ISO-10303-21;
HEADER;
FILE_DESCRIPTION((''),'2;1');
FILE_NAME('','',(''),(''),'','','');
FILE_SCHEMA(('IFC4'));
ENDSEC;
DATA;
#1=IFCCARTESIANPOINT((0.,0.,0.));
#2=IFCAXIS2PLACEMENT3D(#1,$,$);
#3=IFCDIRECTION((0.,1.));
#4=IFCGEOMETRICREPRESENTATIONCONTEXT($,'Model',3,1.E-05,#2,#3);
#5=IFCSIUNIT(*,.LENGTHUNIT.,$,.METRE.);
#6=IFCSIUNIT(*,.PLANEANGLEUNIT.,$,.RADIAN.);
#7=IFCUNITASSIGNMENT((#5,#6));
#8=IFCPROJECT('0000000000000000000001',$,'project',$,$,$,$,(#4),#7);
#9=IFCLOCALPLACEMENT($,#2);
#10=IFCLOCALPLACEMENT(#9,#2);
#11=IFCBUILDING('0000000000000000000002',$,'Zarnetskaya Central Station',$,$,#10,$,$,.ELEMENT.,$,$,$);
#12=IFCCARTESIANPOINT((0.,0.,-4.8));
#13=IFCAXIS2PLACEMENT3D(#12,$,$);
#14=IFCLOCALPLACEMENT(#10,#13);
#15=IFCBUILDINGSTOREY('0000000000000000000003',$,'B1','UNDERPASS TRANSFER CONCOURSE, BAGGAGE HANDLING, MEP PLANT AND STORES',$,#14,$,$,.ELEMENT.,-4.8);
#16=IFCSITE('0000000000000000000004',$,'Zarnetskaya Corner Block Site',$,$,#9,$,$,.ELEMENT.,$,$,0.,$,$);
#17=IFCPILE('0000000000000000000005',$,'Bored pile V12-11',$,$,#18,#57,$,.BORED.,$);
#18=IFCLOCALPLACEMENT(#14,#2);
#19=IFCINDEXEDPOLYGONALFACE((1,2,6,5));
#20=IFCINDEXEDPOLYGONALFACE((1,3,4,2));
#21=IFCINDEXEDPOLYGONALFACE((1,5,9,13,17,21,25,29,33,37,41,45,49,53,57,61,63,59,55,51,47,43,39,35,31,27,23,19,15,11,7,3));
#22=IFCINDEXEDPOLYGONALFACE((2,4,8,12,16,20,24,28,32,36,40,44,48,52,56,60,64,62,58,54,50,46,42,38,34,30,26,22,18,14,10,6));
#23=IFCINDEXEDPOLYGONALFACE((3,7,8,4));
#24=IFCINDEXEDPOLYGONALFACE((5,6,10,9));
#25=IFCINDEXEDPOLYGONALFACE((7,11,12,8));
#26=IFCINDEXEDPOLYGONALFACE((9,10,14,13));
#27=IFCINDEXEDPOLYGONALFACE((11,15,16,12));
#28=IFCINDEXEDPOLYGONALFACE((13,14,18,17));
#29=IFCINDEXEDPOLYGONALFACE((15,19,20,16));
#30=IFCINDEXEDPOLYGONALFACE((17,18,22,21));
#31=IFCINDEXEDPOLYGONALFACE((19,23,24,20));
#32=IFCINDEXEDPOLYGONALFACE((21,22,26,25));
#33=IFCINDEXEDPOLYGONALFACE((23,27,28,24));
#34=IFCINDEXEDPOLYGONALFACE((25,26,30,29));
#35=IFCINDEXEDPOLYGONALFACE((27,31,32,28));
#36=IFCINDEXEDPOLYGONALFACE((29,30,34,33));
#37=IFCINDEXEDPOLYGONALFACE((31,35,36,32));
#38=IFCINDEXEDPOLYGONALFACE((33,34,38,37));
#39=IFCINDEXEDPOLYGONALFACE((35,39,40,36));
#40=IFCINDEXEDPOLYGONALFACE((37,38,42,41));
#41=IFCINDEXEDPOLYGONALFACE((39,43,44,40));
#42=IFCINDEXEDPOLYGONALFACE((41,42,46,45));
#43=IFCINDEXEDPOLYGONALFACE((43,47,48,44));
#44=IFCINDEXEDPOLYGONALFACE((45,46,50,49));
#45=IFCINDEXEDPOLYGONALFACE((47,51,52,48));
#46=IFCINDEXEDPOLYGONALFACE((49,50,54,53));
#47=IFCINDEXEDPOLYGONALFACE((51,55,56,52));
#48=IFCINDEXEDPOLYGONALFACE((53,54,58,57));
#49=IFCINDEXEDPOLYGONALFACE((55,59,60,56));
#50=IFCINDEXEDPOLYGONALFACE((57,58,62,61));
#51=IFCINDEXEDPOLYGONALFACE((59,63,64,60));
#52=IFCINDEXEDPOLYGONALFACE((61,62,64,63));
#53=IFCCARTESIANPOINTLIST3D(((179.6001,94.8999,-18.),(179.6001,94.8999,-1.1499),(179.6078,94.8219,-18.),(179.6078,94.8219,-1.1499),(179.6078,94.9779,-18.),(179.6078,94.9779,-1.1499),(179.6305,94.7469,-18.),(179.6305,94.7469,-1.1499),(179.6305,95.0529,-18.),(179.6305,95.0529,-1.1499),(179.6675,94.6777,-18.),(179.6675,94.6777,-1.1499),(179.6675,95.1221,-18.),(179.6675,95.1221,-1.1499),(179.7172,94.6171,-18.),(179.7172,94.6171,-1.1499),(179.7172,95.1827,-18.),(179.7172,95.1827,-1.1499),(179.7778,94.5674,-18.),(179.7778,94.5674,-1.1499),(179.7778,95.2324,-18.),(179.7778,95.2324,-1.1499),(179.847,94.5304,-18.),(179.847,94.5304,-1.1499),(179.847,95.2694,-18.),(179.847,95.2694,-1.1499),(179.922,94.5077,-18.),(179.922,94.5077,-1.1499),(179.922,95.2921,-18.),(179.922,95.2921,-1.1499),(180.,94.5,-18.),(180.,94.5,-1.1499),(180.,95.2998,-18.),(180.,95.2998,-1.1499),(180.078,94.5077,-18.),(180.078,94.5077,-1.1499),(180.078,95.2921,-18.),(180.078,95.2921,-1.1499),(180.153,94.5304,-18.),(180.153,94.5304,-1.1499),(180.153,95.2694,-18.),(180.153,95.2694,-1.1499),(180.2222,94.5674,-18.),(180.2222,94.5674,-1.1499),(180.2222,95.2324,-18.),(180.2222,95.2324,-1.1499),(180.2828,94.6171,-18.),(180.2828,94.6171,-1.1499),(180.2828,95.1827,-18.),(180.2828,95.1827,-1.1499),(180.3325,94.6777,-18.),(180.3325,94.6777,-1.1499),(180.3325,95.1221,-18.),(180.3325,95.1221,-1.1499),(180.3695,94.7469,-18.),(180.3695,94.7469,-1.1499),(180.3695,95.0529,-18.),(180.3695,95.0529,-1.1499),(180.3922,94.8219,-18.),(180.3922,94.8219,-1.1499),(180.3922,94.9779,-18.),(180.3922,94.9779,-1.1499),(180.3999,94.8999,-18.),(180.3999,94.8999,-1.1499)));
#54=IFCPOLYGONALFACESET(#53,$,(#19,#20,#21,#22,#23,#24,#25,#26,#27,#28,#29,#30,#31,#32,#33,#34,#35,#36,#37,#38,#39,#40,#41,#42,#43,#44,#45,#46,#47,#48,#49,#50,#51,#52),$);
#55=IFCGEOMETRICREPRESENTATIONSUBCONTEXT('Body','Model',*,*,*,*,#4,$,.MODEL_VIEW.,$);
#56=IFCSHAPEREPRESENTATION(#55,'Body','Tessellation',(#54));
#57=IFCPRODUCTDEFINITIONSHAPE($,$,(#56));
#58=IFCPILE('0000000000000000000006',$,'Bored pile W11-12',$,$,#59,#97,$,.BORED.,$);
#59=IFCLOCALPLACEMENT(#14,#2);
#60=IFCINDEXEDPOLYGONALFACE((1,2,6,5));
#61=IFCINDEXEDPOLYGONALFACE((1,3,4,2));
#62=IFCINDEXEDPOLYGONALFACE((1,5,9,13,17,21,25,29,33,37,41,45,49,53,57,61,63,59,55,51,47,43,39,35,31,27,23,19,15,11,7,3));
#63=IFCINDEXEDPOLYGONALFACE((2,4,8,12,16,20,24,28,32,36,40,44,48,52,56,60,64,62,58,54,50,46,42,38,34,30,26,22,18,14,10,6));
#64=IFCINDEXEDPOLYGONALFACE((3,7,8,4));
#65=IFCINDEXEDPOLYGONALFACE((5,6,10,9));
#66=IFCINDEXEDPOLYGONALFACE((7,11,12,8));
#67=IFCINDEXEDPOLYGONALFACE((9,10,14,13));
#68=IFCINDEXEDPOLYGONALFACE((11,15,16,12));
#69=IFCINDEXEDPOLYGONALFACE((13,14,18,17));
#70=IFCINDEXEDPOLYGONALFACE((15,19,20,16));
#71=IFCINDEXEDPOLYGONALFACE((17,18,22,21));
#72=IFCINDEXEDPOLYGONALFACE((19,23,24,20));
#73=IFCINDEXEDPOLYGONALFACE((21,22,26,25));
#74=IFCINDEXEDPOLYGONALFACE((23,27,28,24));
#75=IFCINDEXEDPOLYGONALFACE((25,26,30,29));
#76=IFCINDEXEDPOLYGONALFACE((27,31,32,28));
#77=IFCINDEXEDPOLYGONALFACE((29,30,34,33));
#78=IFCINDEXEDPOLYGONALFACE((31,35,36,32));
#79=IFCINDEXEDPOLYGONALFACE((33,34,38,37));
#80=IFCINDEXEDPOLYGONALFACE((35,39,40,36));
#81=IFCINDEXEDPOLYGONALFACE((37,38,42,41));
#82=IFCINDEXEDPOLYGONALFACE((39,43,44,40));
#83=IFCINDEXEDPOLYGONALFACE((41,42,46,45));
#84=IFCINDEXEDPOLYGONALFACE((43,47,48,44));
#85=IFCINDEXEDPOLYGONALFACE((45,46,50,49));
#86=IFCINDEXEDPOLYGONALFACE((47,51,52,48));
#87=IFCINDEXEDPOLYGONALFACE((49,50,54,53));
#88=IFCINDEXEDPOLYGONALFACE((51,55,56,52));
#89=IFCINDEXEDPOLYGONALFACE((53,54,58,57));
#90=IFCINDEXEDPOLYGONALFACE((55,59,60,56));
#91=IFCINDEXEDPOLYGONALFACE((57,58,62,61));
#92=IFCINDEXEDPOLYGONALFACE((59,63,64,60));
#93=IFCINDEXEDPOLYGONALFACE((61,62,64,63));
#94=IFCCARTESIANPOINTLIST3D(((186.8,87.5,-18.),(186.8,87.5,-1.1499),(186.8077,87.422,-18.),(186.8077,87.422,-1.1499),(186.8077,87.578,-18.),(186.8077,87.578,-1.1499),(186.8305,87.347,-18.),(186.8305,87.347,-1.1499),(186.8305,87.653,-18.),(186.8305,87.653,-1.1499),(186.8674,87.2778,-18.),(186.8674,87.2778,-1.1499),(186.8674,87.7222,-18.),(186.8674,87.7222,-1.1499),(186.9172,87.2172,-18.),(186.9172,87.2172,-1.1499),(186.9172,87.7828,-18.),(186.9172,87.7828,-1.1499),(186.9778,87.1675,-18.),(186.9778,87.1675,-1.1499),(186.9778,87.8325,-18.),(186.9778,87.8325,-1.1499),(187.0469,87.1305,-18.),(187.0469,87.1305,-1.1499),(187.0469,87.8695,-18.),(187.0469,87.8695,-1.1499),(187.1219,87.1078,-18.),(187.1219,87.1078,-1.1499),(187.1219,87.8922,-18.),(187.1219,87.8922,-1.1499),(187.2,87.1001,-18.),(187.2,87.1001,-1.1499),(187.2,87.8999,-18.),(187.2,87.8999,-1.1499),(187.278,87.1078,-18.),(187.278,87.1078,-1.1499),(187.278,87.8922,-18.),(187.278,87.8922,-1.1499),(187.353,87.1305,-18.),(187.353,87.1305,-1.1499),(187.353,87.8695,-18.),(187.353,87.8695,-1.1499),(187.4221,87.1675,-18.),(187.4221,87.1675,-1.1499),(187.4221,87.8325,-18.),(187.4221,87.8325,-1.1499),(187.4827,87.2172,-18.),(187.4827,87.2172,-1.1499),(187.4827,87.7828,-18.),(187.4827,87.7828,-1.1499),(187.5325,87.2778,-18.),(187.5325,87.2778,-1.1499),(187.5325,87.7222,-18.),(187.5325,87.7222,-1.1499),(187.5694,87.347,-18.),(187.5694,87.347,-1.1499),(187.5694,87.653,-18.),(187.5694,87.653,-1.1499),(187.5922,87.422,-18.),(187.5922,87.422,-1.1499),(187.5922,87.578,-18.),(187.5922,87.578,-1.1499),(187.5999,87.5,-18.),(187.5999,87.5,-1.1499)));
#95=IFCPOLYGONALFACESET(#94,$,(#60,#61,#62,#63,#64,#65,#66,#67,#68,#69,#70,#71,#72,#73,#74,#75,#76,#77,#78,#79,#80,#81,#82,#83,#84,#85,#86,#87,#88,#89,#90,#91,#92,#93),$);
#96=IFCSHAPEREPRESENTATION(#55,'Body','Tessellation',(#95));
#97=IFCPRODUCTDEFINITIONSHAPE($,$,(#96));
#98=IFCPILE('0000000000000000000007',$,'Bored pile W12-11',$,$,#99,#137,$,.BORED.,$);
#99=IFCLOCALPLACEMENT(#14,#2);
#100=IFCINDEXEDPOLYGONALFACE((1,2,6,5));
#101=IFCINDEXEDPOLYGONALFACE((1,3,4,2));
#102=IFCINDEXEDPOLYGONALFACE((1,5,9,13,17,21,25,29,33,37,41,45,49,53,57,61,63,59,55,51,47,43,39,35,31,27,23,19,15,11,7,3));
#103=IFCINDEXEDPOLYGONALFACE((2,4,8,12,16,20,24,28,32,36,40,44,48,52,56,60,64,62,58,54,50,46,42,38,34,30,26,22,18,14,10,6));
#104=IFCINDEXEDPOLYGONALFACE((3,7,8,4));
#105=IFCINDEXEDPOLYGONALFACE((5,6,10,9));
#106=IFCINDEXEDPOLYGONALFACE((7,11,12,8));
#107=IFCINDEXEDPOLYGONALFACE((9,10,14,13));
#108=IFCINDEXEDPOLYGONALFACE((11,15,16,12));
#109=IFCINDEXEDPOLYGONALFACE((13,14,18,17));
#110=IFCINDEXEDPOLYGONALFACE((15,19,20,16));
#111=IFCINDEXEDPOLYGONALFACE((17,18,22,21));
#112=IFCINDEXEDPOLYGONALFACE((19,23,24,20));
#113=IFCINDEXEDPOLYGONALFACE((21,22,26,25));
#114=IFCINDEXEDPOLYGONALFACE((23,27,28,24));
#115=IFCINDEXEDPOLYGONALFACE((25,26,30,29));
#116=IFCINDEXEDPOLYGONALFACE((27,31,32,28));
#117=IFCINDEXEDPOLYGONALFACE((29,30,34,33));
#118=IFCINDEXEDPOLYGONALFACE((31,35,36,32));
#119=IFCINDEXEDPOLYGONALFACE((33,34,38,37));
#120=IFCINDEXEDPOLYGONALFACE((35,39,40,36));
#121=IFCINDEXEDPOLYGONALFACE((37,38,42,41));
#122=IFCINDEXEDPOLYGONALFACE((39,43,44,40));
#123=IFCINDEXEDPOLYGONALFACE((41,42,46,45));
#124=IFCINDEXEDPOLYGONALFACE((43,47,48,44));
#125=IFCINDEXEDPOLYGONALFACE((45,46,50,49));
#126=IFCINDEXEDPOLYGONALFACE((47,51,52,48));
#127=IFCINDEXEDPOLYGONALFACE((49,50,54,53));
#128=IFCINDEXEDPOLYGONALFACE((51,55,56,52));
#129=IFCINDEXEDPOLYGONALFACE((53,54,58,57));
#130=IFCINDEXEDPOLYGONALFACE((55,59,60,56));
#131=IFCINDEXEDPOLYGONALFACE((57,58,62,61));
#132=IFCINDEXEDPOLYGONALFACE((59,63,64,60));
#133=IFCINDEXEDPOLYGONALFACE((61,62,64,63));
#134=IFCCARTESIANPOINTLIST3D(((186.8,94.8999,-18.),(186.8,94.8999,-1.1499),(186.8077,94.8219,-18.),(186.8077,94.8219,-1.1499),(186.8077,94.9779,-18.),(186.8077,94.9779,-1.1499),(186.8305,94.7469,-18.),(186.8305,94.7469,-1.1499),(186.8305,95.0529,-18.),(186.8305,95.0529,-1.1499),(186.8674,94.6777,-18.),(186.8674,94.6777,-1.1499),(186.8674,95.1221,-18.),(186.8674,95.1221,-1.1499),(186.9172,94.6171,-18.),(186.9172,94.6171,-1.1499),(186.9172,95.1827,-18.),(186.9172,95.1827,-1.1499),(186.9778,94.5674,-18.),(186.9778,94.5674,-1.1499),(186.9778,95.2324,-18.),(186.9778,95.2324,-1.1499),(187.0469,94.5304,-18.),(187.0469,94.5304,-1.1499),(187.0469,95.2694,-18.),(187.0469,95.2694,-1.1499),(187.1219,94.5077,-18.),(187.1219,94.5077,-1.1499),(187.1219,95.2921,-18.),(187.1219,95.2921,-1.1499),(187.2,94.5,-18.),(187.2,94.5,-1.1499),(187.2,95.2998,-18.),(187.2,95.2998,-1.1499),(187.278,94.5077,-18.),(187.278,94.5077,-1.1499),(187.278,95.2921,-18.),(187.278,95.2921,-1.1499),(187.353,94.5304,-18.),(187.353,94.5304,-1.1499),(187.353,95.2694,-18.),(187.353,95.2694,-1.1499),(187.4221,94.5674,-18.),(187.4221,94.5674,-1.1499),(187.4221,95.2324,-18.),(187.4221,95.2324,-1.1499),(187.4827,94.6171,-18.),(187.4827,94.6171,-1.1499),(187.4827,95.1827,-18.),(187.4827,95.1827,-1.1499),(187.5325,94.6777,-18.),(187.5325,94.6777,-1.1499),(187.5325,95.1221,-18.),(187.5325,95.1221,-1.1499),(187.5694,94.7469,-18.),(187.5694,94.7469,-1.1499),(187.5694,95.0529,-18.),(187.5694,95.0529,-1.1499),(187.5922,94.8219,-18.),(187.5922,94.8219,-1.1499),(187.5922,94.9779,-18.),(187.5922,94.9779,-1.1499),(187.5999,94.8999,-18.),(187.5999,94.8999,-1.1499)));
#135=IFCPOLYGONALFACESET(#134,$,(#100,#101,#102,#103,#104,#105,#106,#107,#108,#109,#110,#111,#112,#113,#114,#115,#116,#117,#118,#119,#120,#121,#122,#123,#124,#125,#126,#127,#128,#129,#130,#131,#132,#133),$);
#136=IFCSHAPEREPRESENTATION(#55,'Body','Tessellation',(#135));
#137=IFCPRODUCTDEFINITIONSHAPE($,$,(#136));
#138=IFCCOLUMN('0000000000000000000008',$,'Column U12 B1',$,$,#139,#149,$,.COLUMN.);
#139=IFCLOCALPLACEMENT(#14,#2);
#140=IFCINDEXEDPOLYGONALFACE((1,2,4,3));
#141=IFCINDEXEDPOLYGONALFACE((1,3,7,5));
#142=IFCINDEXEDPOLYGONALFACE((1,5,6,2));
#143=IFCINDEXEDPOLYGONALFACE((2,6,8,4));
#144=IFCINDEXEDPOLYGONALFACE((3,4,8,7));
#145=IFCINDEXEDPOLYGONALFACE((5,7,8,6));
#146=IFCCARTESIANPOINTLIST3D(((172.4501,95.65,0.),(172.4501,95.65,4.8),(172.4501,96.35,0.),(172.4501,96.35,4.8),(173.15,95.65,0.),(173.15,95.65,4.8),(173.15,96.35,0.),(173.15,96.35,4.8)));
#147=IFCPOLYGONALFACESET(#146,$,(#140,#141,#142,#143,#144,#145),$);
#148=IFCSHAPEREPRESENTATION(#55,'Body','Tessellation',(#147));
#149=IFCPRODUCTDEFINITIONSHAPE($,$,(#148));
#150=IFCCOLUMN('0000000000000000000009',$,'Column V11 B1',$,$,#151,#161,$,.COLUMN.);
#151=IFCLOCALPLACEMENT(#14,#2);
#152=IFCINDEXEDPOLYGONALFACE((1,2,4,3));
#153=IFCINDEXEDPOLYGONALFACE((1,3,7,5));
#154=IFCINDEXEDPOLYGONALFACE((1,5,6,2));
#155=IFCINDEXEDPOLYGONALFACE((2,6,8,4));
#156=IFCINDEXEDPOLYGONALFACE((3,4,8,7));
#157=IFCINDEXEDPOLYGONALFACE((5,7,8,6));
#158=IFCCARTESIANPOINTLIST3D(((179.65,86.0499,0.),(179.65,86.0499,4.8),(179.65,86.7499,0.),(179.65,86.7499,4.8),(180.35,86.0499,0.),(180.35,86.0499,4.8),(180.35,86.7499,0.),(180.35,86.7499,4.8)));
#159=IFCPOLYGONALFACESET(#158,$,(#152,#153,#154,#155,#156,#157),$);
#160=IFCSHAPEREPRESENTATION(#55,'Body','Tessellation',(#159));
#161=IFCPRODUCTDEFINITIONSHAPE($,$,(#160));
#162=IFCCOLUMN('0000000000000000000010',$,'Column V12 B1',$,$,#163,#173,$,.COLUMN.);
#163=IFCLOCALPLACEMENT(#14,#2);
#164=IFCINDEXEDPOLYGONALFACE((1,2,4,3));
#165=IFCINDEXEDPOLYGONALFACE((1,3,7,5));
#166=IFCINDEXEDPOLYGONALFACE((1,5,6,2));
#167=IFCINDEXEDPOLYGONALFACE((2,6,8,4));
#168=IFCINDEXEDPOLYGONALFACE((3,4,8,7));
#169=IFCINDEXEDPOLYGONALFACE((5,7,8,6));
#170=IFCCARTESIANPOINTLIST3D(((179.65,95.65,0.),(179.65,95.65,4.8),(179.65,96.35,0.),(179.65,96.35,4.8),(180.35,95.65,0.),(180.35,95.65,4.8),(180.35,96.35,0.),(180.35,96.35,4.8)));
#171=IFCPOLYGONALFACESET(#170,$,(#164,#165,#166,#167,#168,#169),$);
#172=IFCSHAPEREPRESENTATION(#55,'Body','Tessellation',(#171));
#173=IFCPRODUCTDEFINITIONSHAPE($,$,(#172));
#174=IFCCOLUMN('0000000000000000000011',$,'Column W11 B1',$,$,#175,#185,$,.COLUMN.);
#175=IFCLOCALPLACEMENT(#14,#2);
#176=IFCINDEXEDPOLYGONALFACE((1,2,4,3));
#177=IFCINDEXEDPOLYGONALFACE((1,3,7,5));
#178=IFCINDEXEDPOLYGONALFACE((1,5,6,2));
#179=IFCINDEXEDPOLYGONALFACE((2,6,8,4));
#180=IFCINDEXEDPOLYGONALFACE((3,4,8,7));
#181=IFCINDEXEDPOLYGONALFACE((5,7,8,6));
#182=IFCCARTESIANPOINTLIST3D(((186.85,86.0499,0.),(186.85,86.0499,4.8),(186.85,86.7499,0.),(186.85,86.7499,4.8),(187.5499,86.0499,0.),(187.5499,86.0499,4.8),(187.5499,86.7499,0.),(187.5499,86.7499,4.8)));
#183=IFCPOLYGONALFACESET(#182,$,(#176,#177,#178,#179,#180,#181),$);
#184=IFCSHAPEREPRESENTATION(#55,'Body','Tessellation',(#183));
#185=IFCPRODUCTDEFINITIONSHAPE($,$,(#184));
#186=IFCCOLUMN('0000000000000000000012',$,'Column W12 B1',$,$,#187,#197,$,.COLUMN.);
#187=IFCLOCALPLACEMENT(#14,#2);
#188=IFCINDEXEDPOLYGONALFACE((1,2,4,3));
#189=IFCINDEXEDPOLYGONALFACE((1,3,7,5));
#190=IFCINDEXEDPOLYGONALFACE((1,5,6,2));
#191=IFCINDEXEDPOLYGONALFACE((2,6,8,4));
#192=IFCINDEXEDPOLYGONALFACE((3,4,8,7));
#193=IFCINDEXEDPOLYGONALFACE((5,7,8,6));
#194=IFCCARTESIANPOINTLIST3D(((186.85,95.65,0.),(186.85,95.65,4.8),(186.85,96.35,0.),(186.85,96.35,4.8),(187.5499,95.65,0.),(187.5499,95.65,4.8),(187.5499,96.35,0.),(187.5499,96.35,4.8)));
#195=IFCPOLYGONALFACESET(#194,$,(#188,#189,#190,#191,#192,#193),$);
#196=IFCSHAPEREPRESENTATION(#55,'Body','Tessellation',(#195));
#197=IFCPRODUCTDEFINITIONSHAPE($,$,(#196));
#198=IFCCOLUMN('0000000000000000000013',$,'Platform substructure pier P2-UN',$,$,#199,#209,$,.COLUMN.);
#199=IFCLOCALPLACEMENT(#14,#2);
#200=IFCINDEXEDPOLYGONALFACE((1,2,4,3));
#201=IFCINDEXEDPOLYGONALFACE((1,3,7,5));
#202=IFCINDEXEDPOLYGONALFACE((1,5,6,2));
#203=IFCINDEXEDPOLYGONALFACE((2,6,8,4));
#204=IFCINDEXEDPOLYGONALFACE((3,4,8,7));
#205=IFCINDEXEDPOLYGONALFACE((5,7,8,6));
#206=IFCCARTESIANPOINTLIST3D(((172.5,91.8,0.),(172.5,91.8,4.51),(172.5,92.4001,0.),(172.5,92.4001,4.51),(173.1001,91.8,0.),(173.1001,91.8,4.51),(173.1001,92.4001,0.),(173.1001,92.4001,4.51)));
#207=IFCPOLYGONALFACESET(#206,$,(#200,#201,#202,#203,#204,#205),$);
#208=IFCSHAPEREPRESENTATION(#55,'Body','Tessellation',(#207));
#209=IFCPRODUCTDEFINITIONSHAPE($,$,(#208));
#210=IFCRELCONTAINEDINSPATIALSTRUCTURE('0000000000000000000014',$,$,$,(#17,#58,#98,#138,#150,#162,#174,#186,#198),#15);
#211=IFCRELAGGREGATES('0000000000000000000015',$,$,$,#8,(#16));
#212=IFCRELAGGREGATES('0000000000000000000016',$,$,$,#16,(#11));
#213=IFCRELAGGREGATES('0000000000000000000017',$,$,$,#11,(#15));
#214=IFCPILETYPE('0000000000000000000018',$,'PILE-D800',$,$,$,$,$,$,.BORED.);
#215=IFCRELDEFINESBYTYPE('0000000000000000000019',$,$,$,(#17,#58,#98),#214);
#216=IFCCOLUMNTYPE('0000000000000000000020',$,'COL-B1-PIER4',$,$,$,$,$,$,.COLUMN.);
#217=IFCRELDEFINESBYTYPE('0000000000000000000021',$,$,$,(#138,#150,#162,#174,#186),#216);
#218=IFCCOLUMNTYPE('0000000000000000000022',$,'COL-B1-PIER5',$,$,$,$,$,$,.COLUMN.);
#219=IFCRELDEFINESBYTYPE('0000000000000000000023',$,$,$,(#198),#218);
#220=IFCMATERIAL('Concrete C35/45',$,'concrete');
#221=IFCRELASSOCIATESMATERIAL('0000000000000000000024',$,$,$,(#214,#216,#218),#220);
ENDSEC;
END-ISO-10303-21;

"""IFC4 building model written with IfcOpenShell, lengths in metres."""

from ifc_helpers import new_model, si_unit, direction, frame, origin, origin_2d, place, context, subcontext, project, spatial, rectangle, circle, extrude, material, material_profile, profile_set, type_object, element, save


model = new_model("IFC4")

# Units and contexts
model_context = context("Model", 3, precision=1e-05, world=origin(), true_north=direction((0.0, 1.0)))
body_context = subcontext(model_context, "Body", "Model", "MODEL_VIEW")
ifc_project = project(units=[si_unit("LENGTHUNIT", "METRE"), si_unit("PLANEANGLEUNIT", "RADIAN")], contexts=[model_context])

# Site, building, storey
site_placement = place(None, origin())
site = spatial("IfcSite", under=ifc_project, at=site_placement, Name="Zarnetskaya Corner Block Site", CompositionType="ELEMENT", RefElevation=0.0)
building_placement = place(site_placement, origin())
building = spatial("IfcBuilding", under=site, at=building_placement, Name="Zarnetskaya Central Station", CompositionType="ELEMENT")
storey_placement = place(building_placement, frame((0.0, 0.0, -4.8)))
storey = spatial("IfcBuildingStorey", under=building, at=storey_placement, Name="B1", Description="UNDERPASS TRANSFER CONCOURSE, BAGGAGE HANDLING, MEP PLANT AND STORES", CompositionType="ELEMENT", Elevation=-4.8)

# Shared definitions
ifc_material = material(Name="Concrete C35/45", Category="concrete")

# Piles
ifc_material_profile_1 = material_profile(ifc_material, circle(Radius=0.3999, at=origin_2d()), Name="BORED PILE D800")
ifc_profile_set_1 = profile_set([ifc_material_profile_1], Name="Concrete C35/45")
pile_type = type_object("IfcPileType", Name="PILE-D800", PredefinedType="BORED", material=ifc_profile_set_1)
for number, where, z_axis, x_axis, name in (
    (1, (180.0, 94.8999, -1.1499), (0.0, 0.0, -1.0), (1.0, 0.0, 0.0), "Bored pile V12-11"),
    (2, (187.2, 87.5, -1.1499), (0.0, 0.0, -1.0), (1.0, 0.0, 0.0), "Bored pile W11-12"),
    (3, (187.2, 94.8999, -1.1499), (0.0, 0.0, -1.0), (1.0, 0.0, 0.0), "Bored pile W12-11"),
):
    element("IfcPile", number, at=place(storey_placement, frame(where, z_axis=z_axis, x_axis=x_axis)), inside=storey, type_object=pile_type, Name=name, PredefinedType="BORED", context=body_context, shape_type="SweptSolid", body=[
        extrude(circle(Radius=0.3999, at=origin_2d()), origin(), (0.0, 0.0, 1.0), 16.8501),
    ])

# Columns
ifc_material_profile_2 = material_profile(ifc_material, rectangle(XDim=0.7, YDim=0.7, at=origin_2d()), Name="RC 700x700")
ifc_profile_set_2 = profile_set([ifc_material_profile_2], Name="Concrete C35/45")
column_type_1 = type_object("IfcColumnType", Name="COL-B1-PIER4", PredefinedType="COLUMN", material=ifc_profile_set_2)
for number, where, z_axis, x_axis, name in (
    (4, (172.8, 96.0, 0.0), (0.0, 0.0, 1.0), (1.0, 0.0, 0.0), "Column U12 B1"),
    (5, (180.0, 86.3999, 0.0), (0.0, 0.0, 1.0), (1.0, 0.0, 0.0), "Column V11 B1"),
    (6, (180.0, 96.0, 0.0), (0.0, 0.0, 1.0), (1.0, 0.0, 0.0), "Column V12 B1"),
    (7, (187.2, 86.3999, 0.0), (0.0, 0.0, 1.0), (1.0, 0.0, 0.0), "Column W11 B1"),
    (8, (187.2, 96.0, 0.0), (0.0, 0.0, 1.0), (1.0, 0.0, 0.0), "Column W12 B1"),
):
    element("IfcColumn", number, at=place(storey_placement, frame(where, z_axis=z_axis, x_axis=x_axis)), inside=storey, type_object=column_type_1, Name=name, PredefinedType="COLUMN", context=body_context, shape_type="SweptSolid", body=[
        extrude(rectangle(XDim=0.7, YDim=0.7, at=origin_2d()), origin(), (0.0, 0.0, 1.0), 4.8),
    ])
ifc_material_profile_3 = material_profile(ifc_material, rectangle(XDim=0.6001, YDim=0.6001, at=origin_2d()), Name="RC 600x600")
ifc_profile_set_3 = profile_set([ifc_material_profile_3], Name="Concrete C35/45")
column_type_2 = type_object("IfcColumnType", Name="COL-B1-PIER5", PredefinedType="COLUMN", material=ifc_profile_set_3)
for number, where, z_axis, x_axis, name in (
    (9, (172.8, 92.1001, 0.0), (0.0, 0.0, 1.0), (1.0, 0.0, 0.0), "Platform substructure pier P2-UN"),
):
    element("IfcColumn", number, at=place(storey_placement, frame(where, z_axis=z_axis, x_axis=x_axis)), inside=storey, type_object=column_type_2, Name=name, PredefinedType="COLUMN", context=body_context, shape_type="SweptSolid", body=[
        extrude(rectangle(XDim=0.6001, YDim=0.6001, at=origin_2d()), origin(), (0.0, 0.0, 1.0), 4.51),
    ])

save(model, "model.ifc")
